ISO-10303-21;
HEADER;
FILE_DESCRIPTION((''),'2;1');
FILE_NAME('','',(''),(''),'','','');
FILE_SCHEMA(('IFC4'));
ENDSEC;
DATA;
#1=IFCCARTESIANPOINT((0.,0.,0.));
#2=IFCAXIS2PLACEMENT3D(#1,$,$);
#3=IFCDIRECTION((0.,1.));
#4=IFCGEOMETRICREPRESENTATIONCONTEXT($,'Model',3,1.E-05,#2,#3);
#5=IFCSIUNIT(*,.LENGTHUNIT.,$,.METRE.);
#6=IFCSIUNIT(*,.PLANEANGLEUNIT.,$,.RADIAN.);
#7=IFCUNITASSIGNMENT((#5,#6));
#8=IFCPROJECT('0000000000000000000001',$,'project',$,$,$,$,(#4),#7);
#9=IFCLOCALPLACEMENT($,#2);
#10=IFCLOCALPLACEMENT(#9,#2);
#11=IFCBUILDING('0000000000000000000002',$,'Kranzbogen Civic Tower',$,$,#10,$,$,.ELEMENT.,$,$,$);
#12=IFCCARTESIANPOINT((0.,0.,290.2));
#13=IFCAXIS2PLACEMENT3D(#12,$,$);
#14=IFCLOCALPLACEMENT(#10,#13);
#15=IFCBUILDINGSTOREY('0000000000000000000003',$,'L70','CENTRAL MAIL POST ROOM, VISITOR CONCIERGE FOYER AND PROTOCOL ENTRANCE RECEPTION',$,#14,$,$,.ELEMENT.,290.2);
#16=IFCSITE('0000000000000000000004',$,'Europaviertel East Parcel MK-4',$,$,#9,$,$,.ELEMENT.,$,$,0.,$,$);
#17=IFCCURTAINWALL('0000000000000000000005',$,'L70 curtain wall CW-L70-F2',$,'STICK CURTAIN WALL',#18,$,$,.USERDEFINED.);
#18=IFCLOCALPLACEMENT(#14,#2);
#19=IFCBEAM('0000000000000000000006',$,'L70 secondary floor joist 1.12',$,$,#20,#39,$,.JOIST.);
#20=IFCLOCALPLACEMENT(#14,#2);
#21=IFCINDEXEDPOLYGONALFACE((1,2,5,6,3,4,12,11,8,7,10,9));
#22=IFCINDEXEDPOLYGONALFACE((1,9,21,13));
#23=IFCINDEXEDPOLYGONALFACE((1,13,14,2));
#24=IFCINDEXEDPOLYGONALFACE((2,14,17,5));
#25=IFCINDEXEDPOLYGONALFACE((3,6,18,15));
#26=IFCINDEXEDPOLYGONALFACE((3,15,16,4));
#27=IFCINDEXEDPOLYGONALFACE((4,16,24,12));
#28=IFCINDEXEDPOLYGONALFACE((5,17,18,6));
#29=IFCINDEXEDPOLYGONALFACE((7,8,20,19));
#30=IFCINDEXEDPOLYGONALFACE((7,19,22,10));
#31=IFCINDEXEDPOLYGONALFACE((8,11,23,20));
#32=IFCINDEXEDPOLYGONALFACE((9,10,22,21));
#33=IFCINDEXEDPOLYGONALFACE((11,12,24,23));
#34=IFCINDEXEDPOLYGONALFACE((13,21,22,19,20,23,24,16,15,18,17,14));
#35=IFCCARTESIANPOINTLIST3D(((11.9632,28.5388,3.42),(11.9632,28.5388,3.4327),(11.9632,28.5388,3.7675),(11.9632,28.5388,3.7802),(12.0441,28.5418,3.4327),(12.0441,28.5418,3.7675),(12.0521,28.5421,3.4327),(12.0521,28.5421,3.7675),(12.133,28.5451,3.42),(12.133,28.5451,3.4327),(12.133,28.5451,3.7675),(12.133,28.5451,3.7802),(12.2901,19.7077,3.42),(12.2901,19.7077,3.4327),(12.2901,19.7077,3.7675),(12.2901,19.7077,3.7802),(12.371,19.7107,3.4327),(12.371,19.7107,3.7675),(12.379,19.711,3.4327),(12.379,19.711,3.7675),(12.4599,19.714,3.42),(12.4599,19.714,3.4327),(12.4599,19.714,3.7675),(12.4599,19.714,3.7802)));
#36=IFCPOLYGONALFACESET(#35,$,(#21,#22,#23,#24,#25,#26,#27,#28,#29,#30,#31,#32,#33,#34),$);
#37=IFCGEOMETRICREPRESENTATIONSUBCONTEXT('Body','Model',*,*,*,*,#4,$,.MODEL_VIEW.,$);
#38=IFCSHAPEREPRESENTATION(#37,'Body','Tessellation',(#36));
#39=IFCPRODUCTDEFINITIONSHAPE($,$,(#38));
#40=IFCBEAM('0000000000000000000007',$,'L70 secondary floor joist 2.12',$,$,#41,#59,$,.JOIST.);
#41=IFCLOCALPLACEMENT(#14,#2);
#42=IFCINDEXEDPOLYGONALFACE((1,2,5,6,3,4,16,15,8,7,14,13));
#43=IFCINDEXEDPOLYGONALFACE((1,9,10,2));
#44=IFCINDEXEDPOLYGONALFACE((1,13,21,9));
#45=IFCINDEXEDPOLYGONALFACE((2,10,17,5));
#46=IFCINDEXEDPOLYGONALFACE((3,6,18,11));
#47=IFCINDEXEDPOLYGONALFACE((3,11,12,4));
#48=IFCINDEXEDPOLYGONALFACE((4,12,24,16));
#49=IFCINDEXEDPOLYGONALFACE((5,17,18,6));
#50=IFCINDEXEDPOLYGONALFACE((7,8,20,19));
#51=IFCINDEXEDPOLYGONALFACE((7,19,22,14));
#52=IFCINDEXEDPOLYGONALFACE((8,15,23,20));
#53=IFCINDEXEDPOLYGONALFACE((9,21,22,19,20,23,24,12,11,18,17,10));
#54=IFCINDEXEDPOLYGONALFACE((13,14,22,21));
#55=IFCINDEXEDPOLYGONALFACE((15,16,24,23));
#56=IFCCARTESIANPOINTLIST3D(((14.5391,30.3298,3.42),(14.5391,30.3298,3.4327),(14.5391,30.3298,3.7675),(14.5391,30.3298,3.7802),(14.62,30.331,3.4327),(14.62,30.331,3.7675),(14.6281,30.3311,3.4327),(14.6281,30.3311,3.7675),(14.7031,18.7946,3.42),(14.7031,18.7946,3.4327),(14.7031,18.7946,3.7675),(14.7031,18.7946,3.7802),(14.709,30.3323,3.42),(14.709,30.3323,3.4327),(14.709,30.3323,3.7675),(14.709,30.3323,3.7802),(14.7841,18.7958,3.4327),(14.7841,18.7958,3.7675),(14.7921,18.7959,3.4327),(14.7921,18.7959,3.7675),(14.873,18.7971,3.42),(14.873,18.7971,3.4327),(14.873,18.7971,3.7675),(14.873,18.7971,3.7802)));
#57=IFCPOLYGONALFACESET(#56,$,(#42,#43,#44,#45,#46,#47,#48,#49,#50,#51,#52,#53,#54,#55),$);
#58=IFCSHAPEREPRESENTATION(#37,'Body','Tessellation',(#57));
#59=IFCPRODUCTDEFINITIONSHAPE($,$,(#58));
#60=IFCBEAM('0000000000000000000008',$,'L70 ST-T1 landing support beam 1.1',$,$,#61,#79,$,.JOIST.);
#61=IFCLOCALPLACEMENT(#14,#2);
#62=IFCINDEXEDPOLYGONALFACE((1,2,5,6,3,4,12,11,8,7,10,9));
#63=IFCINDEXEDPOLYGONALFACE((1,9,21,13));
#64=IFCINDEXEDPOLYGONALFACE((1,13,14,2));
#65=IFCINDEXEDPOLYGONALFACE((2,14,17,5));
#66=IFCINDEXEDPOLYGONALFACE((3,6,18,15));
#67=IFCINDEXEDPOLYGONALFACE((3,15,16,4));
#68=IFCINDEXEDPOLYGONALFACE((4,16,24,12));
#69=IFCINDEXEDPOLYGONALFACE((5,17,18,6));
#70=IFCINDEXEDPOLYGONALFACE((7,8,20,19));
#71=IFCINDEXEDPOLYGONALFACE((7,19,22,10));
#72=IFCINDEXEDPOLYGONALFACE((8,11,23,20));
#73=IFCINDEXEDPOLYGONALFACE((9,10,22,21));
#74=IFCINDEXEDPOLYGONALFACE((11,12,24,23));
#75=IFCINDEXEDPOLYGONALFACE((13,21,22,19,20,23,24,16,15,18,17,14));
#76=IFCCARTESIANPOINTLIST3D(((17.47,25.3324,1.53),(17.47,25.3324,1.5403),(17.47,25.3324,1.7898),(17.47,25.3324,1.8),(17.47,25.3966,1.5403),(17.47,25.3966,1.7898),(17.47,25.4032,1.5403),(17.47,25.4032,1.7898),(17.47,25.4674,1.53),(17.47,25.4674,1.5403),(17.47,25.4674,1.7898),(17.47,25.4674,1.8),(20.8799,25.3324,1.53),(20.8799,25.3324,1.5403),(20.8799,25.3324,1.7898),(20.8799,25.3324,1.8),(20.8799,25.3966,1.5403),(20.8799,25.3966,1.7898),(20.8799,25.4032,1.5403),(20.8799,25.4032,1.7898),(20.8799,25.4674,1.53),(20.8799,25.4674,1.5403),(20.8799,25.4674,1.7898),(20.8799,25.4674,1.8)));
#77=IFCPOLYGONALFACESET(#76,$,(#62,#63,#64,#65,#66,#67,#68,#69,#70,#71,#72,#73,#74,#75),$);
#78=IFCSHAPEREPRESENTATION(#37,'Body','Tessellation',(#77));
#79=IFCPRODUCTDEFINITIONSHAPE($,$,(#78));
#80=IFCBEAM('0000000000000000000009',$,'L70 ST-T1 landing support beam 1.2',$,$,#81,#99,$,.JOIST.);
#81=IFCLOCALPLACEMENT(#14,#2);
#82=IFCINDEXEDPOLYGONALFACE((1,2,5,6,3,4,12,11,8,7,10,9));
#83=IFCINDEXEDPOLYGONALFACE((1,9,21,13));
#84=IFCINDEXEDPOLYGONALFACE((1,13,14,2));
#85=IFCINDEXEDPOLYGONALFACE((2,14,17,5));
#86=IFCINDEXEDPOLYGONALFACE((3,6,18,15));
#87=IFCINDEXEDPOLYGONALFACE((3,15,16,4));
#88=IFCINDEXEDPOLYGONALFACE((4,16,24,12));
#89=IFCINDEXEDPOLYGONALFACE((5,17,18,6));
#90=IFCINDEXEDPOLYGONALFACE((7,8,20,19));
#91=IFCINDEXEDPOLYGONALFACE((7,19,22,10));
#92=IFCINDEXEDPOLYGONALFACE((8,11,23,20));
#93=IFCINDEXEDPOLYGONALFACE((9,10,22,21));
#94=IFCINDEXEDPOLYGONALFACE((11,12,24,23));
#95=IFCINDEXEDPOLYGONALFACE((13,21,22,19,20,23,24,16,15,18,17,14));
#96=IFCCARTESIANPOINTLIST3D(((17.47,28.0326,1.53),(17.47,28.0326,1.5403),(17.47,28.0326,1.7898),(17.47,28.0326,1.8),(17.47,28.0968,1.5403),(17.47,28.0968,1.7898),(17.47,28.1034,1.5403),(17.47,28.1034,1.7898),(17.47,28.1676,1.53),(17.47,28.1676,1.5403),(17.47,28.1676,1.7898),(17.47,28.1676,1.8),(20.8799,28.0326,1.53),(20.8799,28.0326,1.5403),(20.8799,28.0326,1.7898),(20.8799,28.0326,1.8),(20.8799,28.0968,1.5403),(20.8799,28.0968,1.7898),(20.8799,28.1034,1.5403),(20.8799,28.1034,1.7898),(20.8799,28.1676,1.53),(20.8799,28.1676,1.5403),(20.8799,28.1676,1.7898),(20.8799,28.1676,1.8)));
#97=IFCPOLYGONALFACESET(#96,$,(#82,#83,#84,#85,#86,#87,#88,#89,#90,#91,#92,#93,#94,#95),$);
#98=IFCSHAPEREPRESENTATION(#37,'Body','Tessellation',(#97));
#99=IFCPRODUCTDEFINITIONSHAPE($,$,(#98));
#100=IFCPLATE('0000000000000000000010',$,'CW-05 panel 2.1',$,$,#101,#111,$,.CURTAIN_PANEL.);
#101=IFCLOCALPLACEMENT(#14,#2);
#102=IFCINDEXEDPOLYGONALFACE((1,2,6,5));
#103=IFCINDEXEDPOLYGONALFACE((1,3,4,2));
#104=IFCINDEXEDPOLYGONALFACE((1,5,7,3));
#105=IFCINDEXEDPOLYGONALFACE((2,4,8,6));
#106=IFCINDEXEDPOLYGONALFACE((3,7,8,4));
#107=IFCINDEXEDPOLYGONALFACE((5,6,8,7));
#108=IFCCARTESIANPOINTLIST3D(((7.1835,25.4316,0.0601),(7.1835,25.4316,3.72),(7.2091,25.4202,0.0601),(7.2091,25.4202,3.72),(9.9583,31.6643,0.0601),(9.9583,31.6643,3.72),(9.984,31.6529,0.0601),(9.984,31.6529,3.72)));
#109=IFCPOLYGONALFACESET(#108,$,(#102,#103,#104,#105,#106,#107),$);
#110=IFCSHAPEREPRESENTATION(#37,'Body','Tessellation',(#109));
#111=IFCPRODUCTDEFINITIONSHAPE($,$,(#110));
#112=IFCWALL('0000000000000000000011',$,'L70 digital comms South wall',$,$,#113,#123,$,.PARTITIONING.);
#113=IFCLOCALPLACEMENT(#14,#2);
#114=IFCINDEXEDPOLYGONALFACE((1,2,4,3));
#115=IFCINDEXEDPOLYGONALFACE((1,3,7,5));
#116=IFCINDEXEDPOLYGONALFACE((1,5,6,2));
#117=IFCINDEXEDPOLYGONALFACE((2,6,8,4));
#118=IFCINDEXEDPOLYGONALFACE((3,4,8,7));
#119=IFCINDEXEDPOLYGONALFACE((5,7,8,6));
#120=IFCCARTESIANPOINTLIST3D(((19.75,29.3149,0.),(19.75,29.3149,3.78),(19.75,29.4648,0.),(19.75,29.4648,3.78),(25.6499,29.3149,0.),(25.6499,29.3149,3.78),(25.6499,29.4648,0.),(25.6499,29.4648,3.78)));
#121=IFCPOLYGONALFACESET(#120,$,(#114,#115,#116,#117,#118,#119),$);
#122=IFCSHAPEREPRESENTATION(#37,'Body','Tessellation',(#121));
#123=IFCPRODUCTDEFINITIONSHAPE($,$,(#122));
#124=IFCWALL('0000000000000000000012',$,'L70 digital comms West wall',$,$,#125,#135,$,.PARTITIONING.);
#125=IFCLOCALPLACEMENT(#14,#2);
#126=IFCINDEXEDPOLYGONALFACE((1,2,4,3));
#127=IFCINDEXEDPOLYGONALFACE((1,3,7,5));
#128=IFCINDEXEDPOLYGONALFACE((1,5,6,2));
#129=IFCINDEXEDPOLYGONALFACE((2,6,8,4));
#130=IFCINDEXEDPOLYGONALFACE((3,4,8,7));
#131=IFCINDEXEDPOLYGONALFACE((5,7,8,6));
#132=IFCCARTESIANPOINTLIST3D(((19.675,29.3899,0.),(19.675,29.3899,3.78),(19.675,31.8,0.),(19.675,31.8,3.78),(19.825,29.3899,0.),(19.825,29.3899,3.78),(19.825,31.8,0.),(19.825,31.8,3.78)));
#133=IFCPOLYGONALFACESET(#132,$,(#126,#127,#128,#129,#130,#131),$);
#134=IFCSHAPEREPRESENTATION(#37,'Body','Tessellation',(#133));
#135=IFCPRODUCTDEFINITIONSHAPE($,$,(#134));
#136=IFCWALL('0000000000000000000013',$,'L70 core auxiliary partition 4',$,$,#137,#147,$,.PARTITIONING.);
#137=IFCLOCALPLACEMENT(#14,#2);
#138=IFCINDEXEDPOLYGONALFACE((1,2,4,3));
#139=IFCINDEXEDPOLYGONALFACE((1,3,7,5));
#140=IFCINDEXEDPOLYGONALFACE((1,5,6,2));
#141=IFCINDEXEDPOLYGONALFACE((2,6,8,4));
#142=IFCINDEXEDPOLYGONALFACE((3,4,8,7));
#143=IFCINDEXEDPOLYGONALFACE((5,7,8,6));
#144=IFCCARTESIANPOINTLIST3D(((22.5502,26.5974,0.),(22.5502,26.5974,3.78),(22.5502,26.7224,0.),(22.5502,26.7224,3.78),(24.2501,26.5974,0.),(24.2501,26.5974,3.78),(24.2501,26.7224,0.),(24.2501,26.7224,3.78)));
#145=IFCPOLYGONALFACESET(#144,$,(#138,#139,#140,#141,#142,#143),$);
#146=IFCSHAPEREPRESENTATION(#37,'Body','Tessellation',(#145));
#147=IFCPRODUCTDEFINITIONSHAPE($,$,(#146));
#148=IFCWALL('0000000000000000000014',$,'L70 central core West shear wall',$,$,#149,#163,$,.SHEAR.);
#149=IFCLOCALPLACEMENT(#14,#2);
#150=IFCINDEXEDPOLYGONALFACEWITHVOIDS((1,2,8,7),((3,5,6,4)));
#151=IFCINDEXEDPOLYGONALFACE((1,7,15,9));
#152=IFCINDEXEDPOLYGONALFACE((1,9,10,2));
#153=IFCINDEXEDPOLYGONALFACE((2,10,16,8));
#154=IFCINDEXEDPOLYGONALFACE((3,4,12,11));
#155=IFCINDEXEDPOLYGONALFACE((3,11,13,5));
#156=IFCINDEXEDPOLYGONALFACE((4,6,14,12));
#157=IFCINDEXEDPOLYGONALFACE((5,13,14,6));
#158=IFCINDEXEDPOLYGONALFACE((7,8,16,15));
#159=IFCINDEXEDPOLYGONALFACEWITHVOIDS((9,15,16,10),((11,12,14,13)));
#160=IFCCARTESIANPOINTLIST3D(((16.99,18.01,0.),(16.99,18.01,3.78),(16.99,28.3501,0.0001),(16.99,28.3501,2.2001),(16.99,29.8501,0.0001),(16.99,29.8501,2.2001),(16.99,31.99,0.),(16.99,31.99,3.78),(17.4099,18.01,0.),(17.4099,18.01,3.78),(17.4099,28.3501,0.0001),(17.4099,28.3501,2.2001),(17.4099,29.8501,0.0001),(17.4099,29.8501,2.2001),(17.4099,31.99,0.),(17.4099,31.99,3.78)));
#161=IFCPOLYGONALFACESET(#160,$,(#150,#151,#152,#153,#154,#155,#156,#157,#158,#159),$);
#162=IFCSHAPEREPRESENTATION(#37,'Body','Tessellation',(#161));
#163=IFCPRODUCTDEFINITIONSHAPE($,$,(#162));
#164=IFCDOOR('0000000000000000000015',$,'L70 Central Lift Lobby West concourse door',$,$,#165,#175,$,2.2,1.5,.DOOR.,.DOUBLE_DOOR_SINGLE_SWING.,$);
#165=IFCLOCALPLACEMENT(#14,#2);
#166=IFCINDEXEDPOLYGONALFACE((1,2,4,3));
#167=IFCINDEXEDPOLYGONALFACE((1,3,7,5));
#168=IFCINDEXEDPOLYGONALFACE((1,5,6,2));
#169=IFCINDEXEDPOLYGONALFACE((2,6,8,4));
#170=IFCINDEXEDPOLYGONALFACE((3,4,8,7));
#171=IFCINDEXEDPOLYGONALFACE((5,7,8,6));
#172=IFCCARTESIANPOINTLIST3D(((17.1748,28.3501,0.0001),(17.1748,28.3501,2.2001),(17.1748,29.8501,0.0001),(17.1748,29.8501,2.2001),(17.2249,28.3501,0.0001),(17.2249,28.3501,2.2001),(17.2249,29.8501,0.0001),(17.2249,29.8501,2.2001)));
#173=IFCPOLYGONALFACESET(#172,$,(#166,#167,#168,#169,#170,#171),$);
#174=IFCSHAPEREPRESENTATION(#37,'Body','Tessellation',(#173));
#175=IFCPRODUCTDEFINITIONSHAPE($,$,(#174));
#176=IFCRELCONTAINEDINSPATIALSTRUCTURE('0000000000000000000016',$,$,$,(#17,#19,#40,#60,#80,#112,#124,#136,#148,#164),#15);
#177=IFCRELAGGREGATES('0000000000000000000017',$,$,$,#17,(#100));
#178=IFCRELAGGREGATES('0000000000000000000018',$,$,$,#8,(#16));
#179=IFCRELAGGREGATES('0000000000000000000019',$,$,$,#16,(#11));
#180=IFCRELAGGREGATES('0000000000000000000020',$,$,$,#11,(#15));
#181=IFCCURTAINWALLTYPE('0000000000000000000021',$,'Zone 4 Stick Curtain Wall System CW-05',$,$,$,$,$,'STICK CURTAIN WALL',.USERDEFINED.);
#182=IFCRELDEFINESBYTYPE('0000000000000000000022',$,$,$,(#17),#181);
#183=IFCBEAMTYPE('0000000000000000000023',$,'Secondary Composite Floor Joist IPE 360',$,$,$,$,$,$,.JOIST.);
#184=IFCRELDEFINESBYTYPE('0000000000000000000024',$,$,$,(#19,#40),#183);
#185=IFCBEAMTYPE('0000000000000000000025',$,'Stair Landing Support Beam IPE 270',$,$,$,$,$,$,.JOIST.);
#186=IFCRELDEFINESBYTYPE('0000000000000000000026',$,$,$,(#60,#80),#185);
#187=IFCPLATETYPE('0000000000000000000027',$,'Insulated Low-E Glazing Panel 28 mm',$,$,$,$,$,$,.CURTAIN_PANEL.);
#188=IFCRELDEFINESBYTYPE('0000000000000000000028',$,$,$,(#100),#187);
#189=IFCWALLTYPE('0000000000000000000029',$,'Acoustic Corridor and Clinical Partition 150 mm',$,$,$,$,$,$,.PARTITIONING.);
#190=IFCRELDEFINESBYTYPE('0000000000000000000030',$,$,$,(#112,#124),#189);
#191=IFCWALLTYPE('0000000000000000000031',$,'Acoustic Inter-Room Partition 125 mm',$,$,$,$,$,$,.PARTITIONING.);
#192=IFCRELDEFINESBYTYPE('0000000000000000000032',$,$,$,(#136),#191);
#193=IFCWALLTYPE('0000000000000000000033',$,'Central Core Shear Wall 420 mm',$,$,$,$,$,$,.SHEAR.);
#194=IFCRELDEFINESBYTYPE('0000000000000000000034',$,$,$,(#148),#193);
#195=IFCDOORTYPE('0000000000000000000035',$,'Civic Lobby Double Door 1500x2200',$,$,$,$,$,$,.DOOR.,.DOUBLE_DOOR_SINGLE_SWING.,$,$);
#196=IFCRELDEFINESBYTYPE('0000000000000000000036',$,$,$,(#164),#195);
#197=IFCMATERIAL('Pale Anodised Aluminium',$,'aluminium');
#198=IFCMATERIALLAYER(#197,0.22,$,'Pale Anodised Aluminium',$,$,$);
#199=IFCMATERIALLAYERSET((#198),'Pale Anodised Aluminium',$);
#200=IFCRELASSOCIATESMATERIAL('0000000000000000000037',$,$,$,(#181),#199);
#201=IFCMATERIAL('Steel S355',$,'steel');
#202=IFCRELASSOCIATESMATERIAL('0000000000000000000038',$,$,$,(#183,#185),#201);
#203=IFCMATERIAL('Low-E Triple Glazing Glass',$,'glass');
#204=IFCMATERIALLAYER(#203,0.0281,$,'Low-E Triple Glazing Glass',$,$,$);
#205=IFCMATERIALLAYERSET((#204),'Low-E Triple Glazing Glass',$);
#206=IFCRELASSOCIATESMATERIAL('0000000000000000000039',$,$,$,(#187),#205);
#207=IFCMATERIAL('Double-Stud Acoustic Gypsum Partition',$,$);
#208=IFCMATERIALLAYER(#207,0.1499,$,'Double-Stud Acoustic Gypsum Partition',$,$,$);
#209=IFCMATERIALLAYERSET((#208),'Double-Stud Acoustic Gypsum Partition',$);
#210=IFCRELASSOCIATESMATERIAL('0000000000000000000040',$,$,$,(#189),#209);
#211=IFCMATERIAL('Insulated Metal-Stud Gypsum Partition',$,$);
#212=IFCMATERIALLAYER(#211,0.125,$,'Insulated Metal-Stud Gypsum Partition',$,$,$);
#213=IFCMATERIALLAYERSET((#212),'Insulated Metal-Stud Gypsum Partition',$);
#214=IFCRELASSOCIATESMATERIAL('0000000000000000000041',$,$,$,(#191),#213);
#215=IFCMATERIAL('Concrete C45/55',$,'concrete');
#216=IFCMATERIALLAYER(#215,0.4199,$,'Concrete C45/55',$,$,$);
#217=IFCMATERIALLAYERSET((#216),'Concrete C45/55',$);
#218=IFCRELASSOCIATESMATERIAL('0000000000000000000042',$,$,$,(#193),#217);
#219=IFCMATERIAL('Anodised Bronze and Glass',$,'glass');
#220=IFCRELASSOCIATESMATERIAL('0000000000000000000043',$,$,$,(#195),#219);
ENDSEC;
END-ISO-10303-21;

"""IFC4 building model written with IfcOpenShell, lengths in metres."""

from ifc_helpers import new_model, si_unit, direction, frame, frame_2d, origin, origin_2d, place, context, subcontext, project, spatial, rectangle, i_section, extrude, material, layer, layer_set, material_profile, profile_set, type_object, element, fill, aggregate, save


model = new_model("IFC4")

# Units and contexts
model_context = context("Model", 3, precision=1e-05, world=origin(), true_north=direction((0.0, 1.0)))
body_context = subcontext(model_context, "Body", "Model", "MODEL_VIEW")
ifc_project = project(units=[si_unit("LENGTHUNIT", "METRE"), si_unit("PLANEANGLEUNIT", "RADIAN")], contexts=[model_context])

# Site, building, storey
site_placement = place(None, origin())
site = spatial("IfcSite", under=ifc_project, at=site_placement, Name="Europaviertel East Parcel MK-4", CompositionType="ELEMENT", RefElevation=0.0)
building_placement = place(site_placement, origin())
building = spatial("IfcBuilding", under=site, at=building_placement, Name="Kranzbogen Civic Tower", CompositionType="ELEMENT")
storey_placement = place(building_placement, frame((0.0, 0.0, 290.2)))
storey = spatial("IfcBuildingStorey", under=building, at=storey_placement, Name="L70", Description="CENTRAL MAIL POST ROOM, VISITOR CONCIERGE FOYER AND PROTOCOL ENTRANCE RECEPTION", CompositionType="ELEMENT", Elevation=290.2)

# Shared definitions
ifc_material_1 = material(Name="Steel S355", Category="steel")

# Curtain wall
ifc_material_2 = material(Name="Pale Anodised Aluminium", Category="aluminium")
ifc_layer_1 = layer(ifc_material_2, 0.22, Name="Pale Anodised Aluminium")
ifc_layer_set_1 = layer_set([ifc_layer_1], Name="Pale Anodised Aluminium")
curtain_wall_type = type_object("IfcCurtainWallType", Name="Zone 4 Stick Curtain Wall System CW-05", ElementType="STICK CURTAIN WALL", PredefinedType="USERDEFINED", material=ifc_layer_set_1)
curtain_wall_placement = place(storey_placement, origin())
curtain_wall = element("IfcCurtainWall", 1, at=curtain_wall_placement, inside=storey, type_object=curtain_wall_type, Name="L70 curtain wall CW-L70-F2", ObjectType="STICK CURTAIN WALL", PredefinedType="USERDEFINED")

# Beams
ifc_material_profile_1 = material_profile(ifc_material_1, i_section(OverallWidth=0.1699, OverallDepth=0.3601, WebThickness=0.0081, FlangeThickness=0.0127, at=origin_2d()), Name="IPE 360")
ifc_profile_set_1 = profile_set([ifc_material_profile_1], Name="Steel S355")
beam_type_1 = type_object("IfcBeamType", Name="Secondary Composite Floor Joist IPE 360", PredefinedType="JOIST", material=ifc_profile_set_1)
beam_1_placement = place(storey_placement, frame((12.0481, 28.542, 3.6001), z_axis=(0.036992, -0.999316, 0.0), x_axis=(0.999316, 0.036992, 0.0)))
element("IfcBeam", 2, at=beam_1_placement, inside=storey, type_object=beam_type_1, Name="L70 secondary floor joist 1.12", PredefinedType="JOIST", context=body_context, shape_type="SweptSolid", body=[
    extrude(i_section(OverallWidth=0.1699, OverallDepth=0.3601, WebThickness=0.0081, FlangeThickness=0.0127, at=origin_2d()), origin(), (0.0, 0.0, 1.0), 8.8372),
])
beam_2_placement = place(storey_placement, frame((14.624, 30.3311, 3.6001), z_axis=(0.014221, -0.999899, 0.0), x_axis=(0.999899, 0.014221, 0.0)))
element("IfcBeam", 3, at=beam_2_placement, inside=storey, type_object=beam_type_1, Name="L70 secondary floor joist 2.12", PredefinedType="JOIST", context=body_context, shape_type="SweptSolid", body=[
    extrude(i_section(OverallWidth=0.1699, OverallDepth=0.3601, WebThickness=0.0081, FlangeThickness=0.0127, at=origin_2d()), origin(), (0.0, 0.0, 1.0), 11.5364),
])
ifc_material_profile_2 = material_profile(ifc_material_1, i_section(OverallWidth=0.135, OverallDepth=0.27, WebThickness=0.0066, FlangeThickness=0.0103, at=origin_2d()), Name="IPE 270")
ifc_profile_set_2 = profile_set([ifc_material_profile_2], Name="Steel S355")
beam_type_2 = type_object("IfcBeamType", Name="Stair Landing Support Beam IPE 270", PredefinedType="JOIST", material=ifc_profile_set_2)
for number, where, z_axis, x_axis, name in (
    (4, (20.8799, 25.3999, 1.665), (-1.0, 0.0, 0.0), (0.0, -1.0, 0.0), "L70 ST-T1 landing support beam 1.1"),
    (5, (20.8799, 28.1001, 1.665), (-1.0, 0.0, 0.0), (0.0, -1.0, 0.0), "L70 ST-T1 landing support beam 1.2"),
):
    element("IfcBeam", number, at=place(storey_placement, frame(where, z_axis=z_axis, x_axis=x_axis)), inside=storey, type_object=beam_type_2, Name=name, PredefinedType="JOIST", context=body_context, shape_type="SweptSolid", body=[
        extrude(i_section(OverallWidth=0.135, OverallDepth=0.27, WebThickness=0.0066, FlangeThickness=0.0103, at=origin_2d()), origin(), (0.0, 0.0, 1.0), 3.4099),
    ])

# Plate
ifc_material_3 = material(Name="Low-E Triple Glazing Glass", Category="glass")
ifc_layer_2 = layer(ifc_material_3, 0.0281, Name="Low-E Triple Glazing Glass")
ifc_layer_set_2 = layer_set([ifc_layer_2], Name="Low-E Triple Glazing Glass")
plate_type = type_object("IfcPlateType", Name="Insulated Low-E Glazing Panel 28 mm", PredefinedType="CURTAIN_PANEL", material=ifc_layer_set_2)
plate_placement = place(storey_placement, frame((8.5837, 28.5422, 0.0601), z_axis=(0.0, 0.0, 1.0), x_axis=(-0.406722, -0.913552, 0.0)))
plate = element("IfcPlate", 6, at=plate_placement, type_object=plate_type, Name="CW-05 panel 2.1", PredefinedType="CURTAIN_PANEL", context=body_context, shape_type="SweptSolid", body=[
    extrude(rectangle(XDim=6.8225, YDim=0.0281, at=origin_2d()), origin(), (0.0, 0.0, 1.0), 3.6599),
])
aggregate(curtain_wall, [plate])

# Walls
ifc_material_4 = material(Name="Double-Stud Acoustic Gypsum Partition")
ifc_layer_3 = layer(ifc_material_4, 0.1499, Name="Double-Stud Acoustic Gypsum Partition")
ifc_layer_set_3 = layer_set([ifc_layer_3], Name="Double-Stud Acoustic Gypsum Partition")
wall_type_1 = type_object("IfcWallType", Name="Acoustic Corridor and Clinical Partition 150 mm", PredefinedType="PARTITIONING", material=ifc_layer_set_3)
wall_1_placement = place(storey_placement, frame((19.75, 29.3899, 0.0), z_axis=(0.0, 0.0, 1.0), x_axis=(1.0, 0.0, 0.0)))
element("IfcWall", 7, at=wall_1_placement, inside=storey, type_object=wall_type_1, Name="L70 digital comms South wall", PredefinedType="PARTITIONING", context=body_context, shape_type="SweptSolid", body=[
    extrude(rectangle(XDim=5.8999, YDim=0.1499, at=frame_2d((2.95, 0.0))), origin(), (0.0, 0.0, 1.0), 3.78),
])
wall_2_placement = place(storey_placement, frame((19.75, 29.3899, 0.0), z_axis=(0.0, 0.0, 1.0), x_axis=(0.0, 1.0, 0.0)))
element("IfcWall", 8, at=wall_2_placement, inside=storey, type_object=wall_type_1, Name="L70 digital comms West wall", PredefinedType="PARTITIONING", context=body_context, shape_type="SweptSolid", body=[
    extrude(rectangle(XDim=2.4102, YDim=0.1499, at=frame_2d((1.2051, 0.0))), origin(), (0.0, 0.0, 1.0), 3.78),
])

# Shared definitions
ifc_material_5 = material(Name="Insulated Metal-Stud Gypsum Partition")
ifc_layer_4 = layer(ifc_material_5, 0.125, Name="Insulated Metal-Stud Gypsum Partition")
ifc_layer_set_4 = layer_set([ifc_layer_4], Name="Insulated Metal-Stud Gypsum Partition")
wall_type_2 = type_object("IfcWallType", Name="Acoustic Inter-Room Partition 125 mm", PredefinedType="PARTITIONING", material=ifc_layer_set_4)

# Wall
wall_3_placement = place(storey_placement, frame((22.55, 26.6599, 0.0), z_axis=(0.0, 0.0, 1.0), x_axis=(1.0, 0.0, 0.0)))
element("IfcWall", 9, at=wall_3_placement, inside=storey, type_object=wall_type_2, Name="L70 core auxiliary partition 4", PredefinedType="PARTITIONING", context=body_context, shape_type="SweptSolid", body=[
    extrude(rectangle(XDim=1.7, YDim=0.125, at=frame_2d((0.8501, 0.0))), origin(), (0.0, 0.0, 1.0), 3.78),
])

# Wall, opening, door
ifc_material_6 = material(Name="Concrete C45/55", Category="concrete")
ifc_layer_5 = layer(ifc_material_6, 0.4199, Name="Concrete C45/55")
ifc_layer_set_5 = layer_set([ifc_layer_5], Name="Concrete C45/55")
wall_type_3 = type_object("IfcWallType", Name="Central Core Shear Wall 420 mm", PredefinedType="SHEAR", material=ifc_layer_set_5)
wall_4_placement = place(storey_placement, frame((17.2, 31.99, 0.0), z_axis=(0.0, 0.0, 1.0), x_axis=(0.0, -1.0, 0.0)))
wall_4 = element("IfcWall", 10, at=wall_4_placement, inside=storey, type_object=wall_type_3, Name="L70 central core West shear wall", PredefinedType="SHEAR", context=body_context, shape_type="SweptSolid", body=[
    extrude(rectangle(XDim=13.98, YDim=0.4199, at=frame_2d((6.99, 0.0))), origin(), (0.0, 0.0, 1.0), 3.78),
])
opening_1_placement = place(wall_4_placement, frame((2.1399, 0.0, 0.0)))
opening_1 = element("IfcOpeningElement", 11, at=opening_1_placement, cuts=wall_4, PredefinedType="OPENING", context=body_context, shape_type="SweptSolid", body=[
    extrude(rectangle(XDim=1.5, YDim=2.2, at=frame_2d((0.75, 1.1001))), frame((0.0, 0.22, 0.0), z_axis=(0.0, -1.0, 0.0), x_axis=(1.0, 0.0, 0.0)), (0.0, 0.0, 1.0), 0.4399),
])
ifc_material_7 = material(Name="Anodised Bronze and Glass", Category="glass")
door_type_1 = type_object("IfcDoorType", Name="Civic Lobby Double Door 1500x2200", OperationType="DOUBLE_DOOR_SINGLE_SWING", PredefinedType="DOOR", material=ifc_material_7)
door_1_placement = place(opening_1_placement, origin())
door_1 = element("IfcDoor", 12, at=door_1_placement, inside=storey, type_object=door_type_1, Name="L70 Central Lift Lobby West concourse door", OperationType="DOUBLE_DOOR_SINGLE_SWING", OverallHeight=2.2, OverallWidth=1.5, PredefinedType="DOOR", context=body_context, shape_type="SweptSolid", body=[
    extrude(rectangle(XDim=1.5, YDim=2.2, at=frame_2d((0.75, 1.1001))), frame((0.0, 0.0249, 0.0), z_axis=(0.0, -1.0, 0.0), x_axis=(1.0, 0.0, 0.0)), (0.0, 0.0, 1.0), 0.05),
])
fill(opening_1, door_1)

save(model, "model.ifc")
